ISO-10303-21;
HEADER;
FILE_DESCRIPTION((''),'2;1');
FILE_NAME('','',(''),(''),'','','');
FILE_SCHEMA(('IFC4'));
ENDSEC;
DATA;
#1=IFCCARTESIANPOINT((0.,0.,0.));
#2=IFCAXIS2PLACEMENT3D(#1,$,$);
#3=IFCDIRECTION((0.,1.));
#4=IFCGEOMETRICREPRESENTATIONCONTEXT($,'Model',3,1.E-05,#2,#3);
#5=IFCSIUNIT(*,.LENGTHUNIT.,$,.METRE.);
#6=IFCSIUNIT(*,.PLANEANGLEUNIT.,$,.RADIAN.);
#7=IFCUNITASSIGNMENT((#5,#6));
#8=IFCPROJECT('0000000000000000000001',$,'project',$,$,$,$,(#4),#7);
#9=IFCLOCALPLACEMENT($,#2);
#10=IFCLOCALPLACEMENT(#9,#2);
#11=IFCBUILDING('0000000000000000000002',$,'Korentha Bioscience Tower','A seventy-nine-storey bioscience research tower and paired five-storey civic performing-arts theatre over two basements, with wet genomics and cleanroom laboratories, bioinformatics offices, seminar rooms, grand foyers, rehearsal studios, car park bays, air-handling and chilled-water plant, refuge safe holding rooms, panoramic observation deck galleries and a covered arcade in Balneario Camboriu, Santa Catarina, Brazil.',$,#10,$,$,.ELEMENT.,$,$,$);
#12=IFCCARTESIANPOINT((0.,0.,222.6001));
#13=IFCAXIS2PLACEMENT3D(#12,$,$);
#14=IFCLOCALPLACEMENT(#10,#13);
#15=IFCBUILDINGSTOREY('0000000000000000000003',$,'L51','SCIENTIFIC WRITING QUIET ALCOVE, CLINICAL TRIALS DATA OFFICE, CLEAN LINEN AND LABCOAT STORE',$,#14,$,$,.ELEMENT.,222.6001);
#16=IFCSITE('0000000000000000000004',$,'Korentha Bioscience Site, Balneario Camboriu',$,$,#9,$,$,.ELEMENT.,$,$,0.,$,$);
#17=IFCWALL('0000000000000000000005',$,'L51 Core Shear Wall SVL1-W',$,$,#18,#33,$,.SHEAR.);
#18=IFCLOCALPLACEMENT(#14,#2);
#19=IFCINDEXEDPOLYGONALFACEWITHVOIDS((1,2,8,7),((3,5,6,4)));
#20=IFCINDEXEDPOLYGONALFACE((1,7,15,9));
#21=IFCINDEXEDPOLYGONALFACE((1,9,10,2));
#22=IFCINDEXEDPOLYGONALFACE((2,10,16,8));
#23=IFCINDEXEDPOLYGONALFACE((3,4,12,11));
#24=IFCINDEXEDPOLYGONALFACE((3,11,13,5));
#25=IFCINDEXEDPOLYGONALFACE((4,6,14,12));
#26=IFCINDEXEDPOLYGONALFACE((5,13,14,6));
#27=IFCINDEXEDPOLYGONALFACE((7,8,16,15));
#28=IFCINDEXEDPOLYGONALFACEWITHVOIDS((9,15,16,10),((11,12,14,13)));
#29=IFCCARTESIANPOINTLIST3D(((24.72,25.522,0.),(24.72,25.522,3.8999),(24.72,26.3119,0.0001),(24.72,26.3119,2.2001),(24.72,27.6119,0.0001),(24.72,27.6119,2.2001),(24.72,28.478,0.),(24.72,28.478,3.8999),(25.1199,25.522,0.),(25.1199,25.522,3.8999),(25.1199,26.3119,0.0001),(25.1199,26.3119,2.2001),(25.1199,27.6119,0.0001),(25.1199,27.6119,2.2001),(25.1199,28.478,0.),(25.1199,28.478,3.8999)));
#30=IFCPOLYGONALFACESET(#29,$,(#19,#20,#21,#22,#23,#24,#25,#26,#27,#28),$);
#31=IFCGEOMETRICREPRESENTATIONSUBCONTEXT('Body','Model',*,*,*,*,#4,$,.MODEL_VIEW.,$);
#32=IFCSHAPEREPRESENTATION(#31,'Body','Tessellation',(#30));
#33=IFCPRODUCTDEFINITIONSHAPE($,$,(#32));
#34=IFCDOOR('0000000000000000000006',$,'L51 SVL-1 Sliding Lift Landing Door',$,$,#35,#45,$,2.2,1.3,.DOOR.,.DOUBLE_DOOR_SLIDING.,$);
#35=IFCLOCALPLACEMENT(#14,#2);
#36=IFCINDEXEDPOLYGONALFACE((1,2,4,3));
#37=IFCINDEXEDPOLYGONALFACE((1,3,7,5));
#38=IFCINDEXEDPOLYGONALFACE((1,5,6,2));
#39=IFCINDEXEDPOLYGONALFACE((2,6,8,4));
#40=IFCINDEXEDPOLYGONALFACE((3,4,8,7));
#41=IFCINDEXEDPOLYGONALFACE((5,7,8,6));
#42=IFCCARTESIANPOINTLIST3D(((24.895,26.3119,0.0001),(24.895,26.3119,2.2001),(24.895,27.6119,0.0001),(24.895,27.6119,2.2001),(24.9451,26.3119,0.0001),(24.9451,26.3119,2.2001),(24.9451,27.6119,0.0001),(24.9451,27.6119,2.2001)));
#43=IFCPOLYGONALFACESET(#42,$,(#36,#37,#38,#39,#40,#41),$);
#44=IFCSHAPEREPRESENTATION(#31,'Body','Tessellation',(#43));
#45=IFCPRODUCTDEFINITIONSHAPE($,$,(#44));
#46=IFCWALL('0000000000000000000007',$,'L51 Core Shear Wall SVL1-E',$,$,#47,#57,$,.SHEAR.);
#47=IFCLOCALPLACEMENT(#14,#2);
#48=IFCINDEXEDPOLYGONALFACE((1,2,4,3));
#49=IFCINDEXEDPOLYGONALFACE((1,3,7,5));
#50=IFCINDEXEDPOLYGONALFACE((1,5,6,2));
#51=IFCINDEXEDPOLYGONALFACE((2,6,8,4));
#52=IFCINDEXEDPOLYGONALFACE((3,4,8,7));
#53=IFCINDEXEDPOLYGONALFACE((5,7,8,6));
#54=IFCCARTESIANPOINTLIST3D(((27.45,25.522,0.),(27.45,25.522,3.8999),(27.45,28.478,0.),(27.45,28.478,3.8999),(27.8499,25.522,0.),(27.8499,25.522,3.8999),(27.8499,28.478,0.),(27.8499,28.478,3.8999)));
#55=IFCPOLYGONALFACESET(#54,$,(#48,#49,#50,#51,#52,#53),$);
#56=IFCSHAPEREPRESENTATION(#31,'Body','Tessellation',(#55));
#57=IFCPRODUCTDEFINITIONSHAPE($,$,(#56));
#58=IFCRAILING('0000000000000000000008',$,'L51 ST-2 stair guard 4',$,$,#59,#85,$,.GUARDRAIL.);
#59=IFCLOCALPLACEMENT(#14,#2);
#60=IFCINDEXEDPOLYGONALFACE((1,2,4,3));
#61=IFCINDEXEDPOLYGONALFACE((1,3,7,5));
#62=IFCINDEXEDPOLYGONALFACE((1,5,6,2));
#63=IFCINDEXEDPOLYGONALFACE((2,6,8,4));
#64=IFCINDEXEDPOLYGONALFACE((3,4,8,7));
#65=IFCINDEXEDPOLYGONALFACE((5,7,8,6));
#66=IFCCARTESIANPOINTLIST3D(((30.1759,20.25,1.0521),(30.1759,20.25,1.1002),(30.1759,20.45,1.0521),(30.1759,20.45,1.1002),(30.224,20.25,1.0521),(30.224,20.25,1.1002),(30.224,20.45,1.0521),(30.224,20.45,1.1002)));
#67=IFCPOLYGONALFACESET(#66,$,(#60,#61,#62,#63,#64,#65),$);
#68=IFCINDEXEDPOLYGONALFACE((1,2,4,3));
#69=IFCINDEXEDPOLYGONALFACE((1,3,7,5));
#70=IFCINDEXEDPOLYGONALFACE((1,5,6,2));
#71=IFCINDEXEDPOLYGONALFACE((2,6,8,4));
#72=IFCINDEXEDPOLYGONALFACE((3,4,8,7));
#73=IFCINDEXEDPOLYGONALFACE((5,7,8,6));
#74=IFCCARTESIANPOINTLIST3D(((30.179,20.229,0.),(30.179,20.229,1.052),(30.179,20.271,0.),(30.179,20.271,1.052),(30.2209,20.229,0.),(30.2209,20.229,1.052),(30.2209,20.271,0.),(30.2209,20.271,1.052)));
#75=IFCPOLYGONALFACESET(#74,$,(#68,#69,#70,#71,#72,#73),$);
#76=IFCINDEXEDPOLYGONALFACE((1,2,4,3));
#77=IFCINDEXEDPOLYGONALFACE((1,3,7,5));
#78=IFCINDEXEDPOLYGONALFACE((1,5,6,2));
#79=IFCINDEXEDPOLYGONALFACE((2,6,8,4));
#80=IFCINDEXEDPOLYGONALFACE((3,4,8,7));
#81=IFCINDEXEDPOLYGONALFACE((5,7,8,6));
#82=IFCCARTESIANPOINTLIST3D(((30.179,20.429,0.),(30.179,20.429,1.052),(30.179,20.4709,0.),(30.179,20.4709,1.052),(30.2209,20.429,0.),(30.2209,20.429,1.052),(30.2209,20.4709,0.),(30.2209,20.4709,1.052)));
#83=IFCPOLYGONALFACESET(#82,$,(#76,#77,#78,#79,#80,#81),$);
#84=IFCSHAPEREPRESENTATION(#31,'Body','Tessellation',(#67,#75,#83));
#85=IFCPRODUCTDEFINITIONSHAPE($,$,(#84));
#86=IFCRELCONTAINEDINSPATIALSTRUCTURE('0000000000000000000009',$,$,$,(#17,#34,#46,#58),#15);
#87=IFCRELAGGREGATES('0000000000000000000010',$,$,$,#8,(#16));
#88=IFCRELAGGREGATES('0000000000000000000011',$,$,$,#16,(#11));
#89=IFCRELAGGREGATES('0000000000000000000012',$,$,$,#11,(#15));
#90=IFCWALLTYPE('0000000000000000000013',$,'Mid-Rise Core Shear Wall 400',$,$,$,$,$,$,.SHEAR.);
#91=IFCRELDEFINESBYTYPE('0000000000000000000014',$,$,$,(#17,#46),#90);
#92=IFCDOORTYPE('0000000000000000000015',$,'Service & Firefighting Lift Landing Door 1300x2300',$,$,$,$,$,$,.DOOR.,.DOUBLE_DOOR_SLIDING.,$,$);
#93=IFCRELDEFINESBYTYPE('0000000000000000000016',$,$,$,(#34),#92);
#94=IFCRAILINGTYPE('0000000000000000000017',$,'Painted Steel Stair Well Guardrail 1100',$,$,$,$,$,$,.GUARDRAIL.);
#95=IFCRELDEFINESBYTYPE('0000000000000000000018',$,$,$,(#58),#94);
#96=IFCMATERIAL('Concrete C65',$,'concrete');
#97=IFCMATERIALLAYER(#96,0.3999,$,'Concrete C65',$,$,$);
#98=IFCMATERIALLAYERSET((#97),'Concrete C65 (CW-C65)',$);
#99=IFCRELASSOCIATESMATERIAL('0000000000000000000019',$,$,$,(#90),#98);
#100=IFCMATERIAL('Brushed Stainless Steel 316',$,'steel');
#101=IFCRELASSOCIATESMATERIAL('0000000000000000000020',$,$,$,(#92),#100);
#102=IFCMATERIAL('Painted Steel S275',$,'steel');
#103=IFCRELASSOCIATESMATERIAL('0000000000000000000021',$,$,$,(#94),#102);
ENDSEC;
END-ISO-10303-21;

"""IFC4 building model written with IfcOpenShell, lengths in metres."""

from ifc_helpers import new_model, si_unit, direction, frame, frame_2d, origin, origin_2d, place, context, subcontext, project, spatial, rectangle, extrude, material, layer, layer_set, type_object, element, fill, save


model = new_model("IFC4")

# Units and contexts
model_context = context("Model", 3, precision=1e-05, world=origin(), true_north=direction((0.0, 1.0)))
body_context = subcontext(model_context, "Body", "Model", "MODEL_VIEW")
ifc_project = project(units=[si_unit("LENGTHUNIT", "METRE"), si_unit("PLANEANGLEUNIT", "RADIAN")], contexts=[model_context])

# Site, building, storey
site_placement = place(None, origin())
site = spatial("IfcSite", under=ifc_project, at=site_placement, Name="Korentha Bioscience Site, Balneario Camboriu", CompositionType="ELEMENT", RefElevation=0.0)
building_placement = place(site_placement, origin())
building = spatial("IfcBuilding", under=site, at=building_placement, Name="Korentha Bioscience Tower", Description="A seventy-nine-storey bioscience research tower and paired five-storey civic performing-arts theatre over two basements, with wet genomics and cleanroom laboratories, bioinformatics offices, seminar rooms, grand foyers, rehearsal studios, car park bays, air-handling and chilled-water plant, refuge safe holding rooms, panoramic observation deck galleries and a covered arcade in Balneario Camboriu, Santa Catarina, Brazil.", CompositionType="ELEMENT")
storey_placement = place(building_placement, frame((0.0, 0.0, 222.6001)))
storey = spatial("IfcBuildingStorey", under=building, at=storey_placement, Name="L51", Description="SCIENTIFIC WRITING QUIET ALCOVE, CLINICAL TRIALS DATA OFFICE, CLEAN LINEN AND LABCOAT STORE", CompositionType="ELEMENT", Elevation=222.6001)

# Shared definitions
ifc_material_1 = material(Name="Concrete C65", Category="concrete")

# Shared definitions
ifc_layer_1 = layer(ifc_material_1, 0.3999, Name="Concrete C65")
ifc_layer_set_1 = layer_set([ifc_layer_1], Name="Concrete C65 (CW-C65)")
wall_type_1 = type_object("IfcWallType", Name="Mid-Rise Core Shear Wall 400", PredefinedType="SHEAR", material=ifc_layer_set_1)

# Wall, opening, door
ifc_material_2 = material(Name="Brushed Stainless Steel 316", Category="steel")
door_type_1 = type_object("IfcDoorType", Name="Service & Firefighting Lift Landing Door 1300x2300", OperationType="DOUBLE_DOOR_SLIDING", PredefinedType="DOOR", material=ifc_material_2)
wall_1_placement = place(storey_placement, frame((24.9199, 25.522, 0.0), z_axis=(0.0, 0.0, 1.0), x_axis=(0.0, 1.0, 0.0)))
wall_1 = element("IfcWall", 1, at=wall_1_placement, inside=storey, type_object=wall_type_1, Name="L51 Core Shear Wall SVL1-W", PredefinedType="SHEAR", context=body_context, shape_type="SweptSolid", body=[
    extrude(rectangle(XDim=2.9561, YDim=0.3999, at=frame_2d((1.478, 0.0))), origin(), (0.0, 0.0, 1.0), 3.8999),
])
opening_1_placement = place(wall_1_placement, frame((0.79, 0.0, 0.0)))
opening_1 = element("IfcOpeningElement", 2, at=opening_1_placement, cuts=wall_1, PredefinedType="OPENING", context=body_context, shape_type="SweptSolid", body=[
    extrude(rectangle(XDim=1.3, YDim=2.2, at=frame_2d((0.6499, 1.1001))), frame((0.0, 0.2148, 0.0), z_axis=(0.0, -1.0, 0.0), x_axis=(1.0, 0.0, 0.0)), (0.0, 0.0, 1.0), 0.4297),
])
door_1_placement = place(opening_1_placement, origin())
door_1 = element("IfcDoor", 3, at=door_1_placement, inside=storey, type_object=door_type_1, Name="L51 SVL-1 Sliding Lift Landing Door", OperationType="DOUBLE_DOOR_SLIDING", OverallHeight=2.2, OverallWidth=1.3, PredefinedType="DOOR", context=body_context, shape_type="SweptSolid", body=[
    extrude(rectangle(XDim=1.3, YDim=2.2, at=frame_2d((0.6499, 1.1001))), frame((0.0, 0.0249, 0.0), z_axis=(0.0, -1.0, 0.0), x_axis=(1.0, 0.0, 0.0)), (0.0, 0.0, 1.0), 0.05),
])
fill(opening_1, door_1)

# Wall
wall_2_placement = place(storey_placement, frame((27.6499, 25.522, 0.0), z_axis=(0.0, 0.0, 1.0), x_axis=(0.0, 1.0, 0.0)))
element("IfcWall", 4, at=wall_2_placement, inside=storey, type_object=wall_type_1, Name="L51 Core Shear Wall SVL1-E", PredefinedType="SHEAR", context=body_context, shape_type="SweptSolid", body=[
    extrude(rectangle(XDim=2.9561, YDim=0.3999, at=frame_2d((1.478, 0.0))), origin(), (0.0, 0.0, 1.0), 3.8999),
])

# Railing
ifc_material_3 = material(Name="Painted Steel S275", Category="steel")
railing_type = type_object("IfcRailingType", Name="Painted Steel Stair Well Guardrail 1100", PredefinedType="GUARDRAIL", material=ifc_material_3)
railing_placement = place(storey_placement, frame((30.2, 20.25, 0.0)))
element("IfcRailing", 5, at=railing_placement, inside=storey, type_object=railing_type, Name="L51 ST-2 stair guard 4", PredefinedType="GUARDRAIL", context=body_context, shape_type="SweptSolid", body=[
    extrude(rectangle(XDim=0.0481, YDim=0.0481, at=origin_2d()), frame((0.0, 0.0, 1.0762), z_axis=(0.0, 1.0, 0.0), x_axis=(-1.0, 0.0, 0.0)), (0.0, 0.0, 1.0), 0.2),
    extrude(rectangle(XDim=0.042, YDim=0.042, at=origin_2d()), origin(), (0.0, 0.0, 1.0), 1.052),
    extrude(rectangle(XDim=0.042, YDim=0.042, at=origin_2d()), frame((0.0, 0.2, 0.0)), (0.0, 0.0, 1.0), 1.052),
])

save(model, "model.ifc")
